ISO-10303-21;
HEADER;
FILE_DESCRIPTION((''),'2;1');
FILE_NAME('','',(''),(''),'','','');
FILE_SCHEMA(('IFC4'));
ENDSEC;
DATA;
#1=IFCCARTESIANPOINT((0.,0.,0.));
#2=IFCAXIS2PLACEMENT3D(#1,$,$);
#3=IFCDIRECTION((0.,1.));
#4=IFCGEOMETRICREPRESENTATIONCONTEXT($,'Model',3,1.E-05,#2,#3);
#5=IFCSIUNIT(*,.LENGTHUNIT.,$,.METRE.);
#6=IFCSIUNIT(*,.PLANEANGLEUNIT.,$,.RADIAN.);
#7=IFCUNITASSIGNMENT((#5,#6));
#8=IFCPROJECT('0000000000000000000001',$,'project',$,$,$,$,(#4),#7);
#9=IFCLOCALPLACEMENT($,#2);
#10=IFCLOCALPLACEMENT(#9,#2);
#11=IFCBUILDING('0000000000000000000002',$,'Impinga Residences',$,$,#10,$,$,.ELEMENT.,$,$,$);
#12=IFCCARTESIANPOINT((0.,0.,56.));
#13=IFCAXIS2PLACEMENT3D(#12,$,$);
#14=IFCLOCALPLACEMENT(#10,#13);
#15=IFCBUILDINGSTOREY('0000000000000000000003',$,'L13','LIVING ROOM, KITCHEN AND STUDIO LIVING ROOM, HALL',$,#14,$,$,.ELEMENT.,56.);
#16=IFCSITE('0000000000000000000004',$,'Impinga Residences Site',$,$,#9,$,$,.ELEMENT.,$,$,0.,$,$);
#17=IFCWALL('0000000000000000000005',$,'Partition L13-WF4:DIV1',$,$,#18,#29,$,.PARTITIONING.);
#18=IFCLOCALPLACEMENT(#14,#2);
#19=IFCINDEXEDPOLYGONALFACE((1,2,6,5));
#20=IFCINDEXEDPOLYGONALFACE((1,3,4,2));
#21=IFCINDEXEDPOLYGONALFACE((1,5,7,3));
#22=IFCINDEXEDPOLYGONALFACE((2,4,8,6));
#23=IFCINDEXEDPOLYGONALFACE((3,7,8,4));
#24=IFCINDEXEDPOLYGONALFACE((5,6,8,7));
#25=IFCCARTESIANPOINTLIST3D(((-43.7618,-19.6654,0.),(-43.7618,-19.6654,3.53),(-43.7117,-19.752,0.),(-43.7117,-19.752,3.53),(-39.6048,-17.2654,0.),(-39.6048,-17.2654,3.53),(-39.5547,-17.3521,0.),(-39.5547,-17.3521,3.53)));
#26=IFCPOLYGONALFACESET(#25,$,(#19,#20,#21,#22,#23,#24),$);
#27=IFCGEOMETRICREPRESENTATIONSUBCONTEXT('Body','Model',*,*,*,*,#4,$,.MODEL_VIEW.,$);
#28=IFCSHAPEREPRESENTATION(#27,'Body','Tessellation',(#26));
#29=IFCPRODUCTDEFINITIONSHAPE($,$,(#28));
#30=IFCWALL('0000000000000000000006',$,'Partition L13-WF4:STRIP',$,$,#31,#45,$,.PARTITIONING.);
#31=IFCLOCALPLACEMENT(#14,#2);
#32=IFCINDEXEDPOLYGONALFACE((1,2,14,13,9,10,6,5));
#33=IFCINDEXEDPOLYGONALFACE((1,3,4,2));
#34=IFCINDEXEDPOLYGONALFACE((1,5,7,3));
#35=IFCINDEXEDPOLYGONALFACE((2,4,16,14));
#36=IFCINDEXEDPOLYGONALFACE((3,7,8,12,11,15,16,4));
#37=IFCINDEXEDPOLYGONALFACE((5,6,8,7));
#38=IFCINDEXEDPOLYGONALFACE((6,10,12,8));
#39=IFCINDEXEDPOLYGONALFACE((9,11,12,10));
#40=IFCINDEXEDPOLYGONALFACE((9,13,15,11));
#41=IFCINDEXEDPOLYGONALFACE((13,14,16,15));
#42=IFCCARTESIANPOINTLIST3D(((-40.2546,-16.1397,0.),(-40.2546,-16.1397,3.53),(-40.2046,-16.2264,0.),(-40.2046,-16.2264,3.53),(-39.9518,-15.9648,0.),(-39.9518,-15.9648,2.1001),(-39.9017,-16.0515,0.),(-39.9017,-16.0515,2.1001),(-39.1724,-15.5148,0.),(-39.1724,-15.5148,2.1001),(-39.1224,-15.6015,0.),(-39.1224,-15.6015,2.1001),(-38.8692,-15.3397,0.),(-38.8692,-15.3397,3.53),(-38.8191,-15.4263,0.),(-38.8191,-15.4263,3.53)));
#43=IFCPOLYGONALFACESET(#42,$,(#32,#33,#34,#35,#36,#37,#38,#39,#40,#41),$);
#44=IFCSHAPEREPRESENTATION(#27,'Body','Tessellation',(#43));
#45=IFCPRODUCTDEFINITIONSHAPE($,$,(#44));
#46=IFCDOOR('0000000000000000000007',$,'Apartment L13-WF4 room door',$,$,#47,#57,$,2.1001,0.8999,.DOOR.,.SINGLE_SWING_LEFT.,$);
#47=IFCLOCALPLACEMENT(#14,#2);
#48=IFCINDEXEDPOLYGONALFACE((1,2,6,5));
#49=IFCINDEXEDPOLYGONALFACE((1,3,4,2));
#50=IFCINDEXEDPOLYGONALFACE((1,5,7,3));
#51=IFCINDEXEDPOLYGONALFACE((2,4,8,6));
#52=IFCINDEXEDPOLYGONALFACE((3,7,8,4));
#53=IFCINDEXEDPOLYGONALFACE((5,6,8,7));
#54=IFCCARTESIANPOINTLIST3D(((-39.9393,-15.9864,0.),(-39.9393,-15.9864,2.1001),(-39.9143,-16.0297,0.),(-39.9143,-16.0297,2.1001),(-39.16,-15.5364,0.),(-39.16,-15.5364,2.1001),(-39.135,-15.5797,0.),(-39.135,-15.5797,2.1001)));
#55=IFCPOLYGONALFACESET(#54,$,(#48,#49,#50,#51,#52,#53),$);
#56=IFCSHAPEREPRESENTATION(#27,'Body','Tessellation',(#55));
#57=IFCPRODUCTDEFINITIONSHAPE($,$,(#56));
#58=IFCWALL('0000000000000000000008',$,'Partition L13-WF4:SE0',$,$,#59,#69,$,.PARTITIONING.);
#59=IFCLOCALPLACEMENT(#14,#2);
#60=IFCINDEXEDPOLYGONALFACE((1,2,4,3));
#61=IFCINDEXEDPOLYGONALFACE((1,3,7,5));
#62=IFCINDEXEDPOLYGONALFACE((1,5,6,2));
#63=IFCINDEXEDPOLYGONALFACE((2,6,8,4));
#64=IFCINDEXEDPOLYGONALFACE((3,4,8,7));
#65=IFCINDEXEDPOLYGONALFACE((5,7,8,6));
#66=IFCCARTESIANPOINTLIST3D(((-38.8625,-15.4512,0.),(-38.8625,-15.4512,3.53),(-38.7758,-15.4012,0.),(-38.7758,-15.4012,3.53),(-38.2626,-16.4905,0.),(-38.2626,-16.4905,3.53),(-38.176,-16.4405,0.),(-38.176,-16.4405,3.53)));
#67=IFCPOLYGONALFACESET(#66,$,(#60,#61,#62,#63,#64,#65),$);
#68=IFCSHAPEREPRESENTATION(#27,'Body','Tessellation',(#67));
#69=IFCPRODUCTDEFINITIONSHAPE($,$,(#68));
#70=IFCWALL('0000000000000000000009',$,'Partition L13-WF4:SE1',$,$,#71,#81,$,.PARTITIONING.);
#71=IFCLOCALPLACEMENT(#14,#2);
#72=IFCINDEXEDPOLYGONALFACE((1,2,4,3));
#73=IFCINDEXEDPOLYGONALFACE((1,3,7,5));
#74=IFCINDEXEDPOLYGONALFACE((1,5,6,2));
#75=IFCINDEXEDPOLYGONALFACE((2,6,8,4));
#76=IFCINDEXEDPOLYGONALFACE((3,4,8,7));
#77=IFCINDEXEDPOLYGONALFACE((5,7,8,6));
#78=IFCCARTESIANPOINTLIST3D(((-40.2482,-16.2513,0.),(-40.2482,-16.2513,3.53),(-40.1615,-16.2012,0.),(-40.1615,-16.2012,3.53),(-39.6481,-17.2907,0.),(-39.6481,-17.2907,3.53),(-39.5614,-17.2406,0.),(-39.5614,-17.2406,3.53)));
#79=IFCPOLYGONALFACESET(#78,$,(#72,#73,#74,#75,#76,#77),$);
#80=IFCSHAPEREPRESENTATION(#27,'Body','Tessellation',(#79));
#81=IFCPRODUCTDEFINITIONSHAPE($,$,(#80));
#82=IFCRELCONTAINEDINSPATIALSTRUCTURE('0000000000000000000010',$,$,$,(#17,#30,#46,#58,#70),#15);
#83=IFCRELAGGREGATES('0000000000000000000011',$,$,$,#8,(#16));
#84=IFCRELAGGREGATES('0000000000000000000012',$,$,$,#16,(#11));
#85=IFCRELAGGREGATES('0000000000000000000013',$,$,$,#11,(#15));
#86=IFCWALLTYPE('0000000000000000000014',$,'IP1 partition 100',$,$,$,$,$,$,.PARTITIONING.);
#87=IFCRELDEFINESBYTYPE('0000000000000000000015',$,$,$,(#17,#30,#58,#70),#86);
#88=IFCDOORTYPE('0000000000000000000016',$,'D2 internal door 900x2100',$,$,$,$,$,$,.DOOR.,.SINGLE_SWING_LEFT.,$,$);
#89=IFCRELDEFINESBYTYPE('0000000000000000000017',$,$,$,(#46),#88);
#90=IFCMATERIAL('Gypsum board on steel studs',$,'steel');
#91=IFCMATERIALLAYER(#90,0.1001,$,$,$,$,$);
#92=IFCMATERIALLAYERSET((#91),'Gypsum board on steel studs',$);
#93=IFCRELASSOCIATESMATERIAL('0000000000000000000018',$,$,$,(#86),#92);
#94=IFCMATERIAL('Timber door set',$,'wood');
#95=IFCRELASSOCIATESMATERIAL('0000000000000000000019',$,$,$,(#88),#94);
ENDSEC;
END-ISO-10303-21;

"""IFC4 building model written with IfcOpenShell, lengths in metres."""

from ifc_helpers import new_model, si_unit, direction, frame, frame_2d, origin, place, context, subcontext, project, spatial, rectangle, extrude, material, layer, layer_set, type_object, element, fill, save


model = new_model("IFC4")

# Units and contexts
model_context = context("Model", 3, precision=1e-05, world=origin(), true_north=direction((0.0, 1.0)))
body_context = subcontext(model_context, "Body", "Model", "MODEL_VIEW")
ifc_project = project(units=[si_unit("LENGTHUNIT", "METRE"), si_unit("PLANEANGLEUNIT", "RADIAN")], contexts=[model_context])

# Site, building, storey
site_placement = place(None, origin())
site = spatial("IfcSite", under=ifc_project, at=site_placement, Name="Impinga Residences Site", CompositionType="ELEMENT", RefElevation=0.0)
building_placement = place(site_placement, origin())
building = spatial("IfcBuilding", under=site, at=building_placement, Name="Impinga Residences", CompositionType="ELEMENT")
storey_placement = place(building_placement, frame((0.0, 0.0, 56.0)))
storey = spatial("IfcBuildingStorey", under=building, at=storey_placement, Name="L13", Description="LIVING ROOM, KITCHEN AND STUDIO LIVING ROOM, HALL", CompositionType="ELEMENT", Elevation=56.0)

# Wall
ifc_material_1 = material(Name="Gypsum board on steel studs", Category="steel")
ifc_layer_1 = layer(ifc_material_1, 0.1001)
ifc_layer_set_1 = layer_set([ifc_layer_1], Name="Gypsum board on steel studs")
wall_type_1 = type_object("IfcWallType", Name="IP1 partition 100", PredefinedType="PARTITIONING", material=ifc_layer_set_1)
wall_1_placement = place(storey_placement, frame((-39.5798, -17.3088, 0.0), z_axis=(0.0, 0.0, 1.0), x_axis=(-0.866037, -0.499979, 0.0)))
element("IfcWall", 1, at=wall_1_placement, inside=storey, type_object=wall_type_1, Name="Partition L13-WF4:DIV1", PredefinedType="PARTITIONING", context=body_context, shape_type="SweptSolid", body=[
    extrude(rectangle(XDim=4.8, YDim=0.1001, at=frame_2d((2.3999, 0.0))), origin(), (0.0, 0.0, 1.0), 3.53),
])

# Wall, opening, door
wall_2_placement = place(storey_placement, frame((-38.8442, -15.3831, 0.0), z_axis=(0.0, 0.0, 1.0), x_axis=(-0.86599, -0.500061, 0.0)))
wall_2 = element("IfcWall", 2, at=wall_2_placement, inside=storey, type_object=wall_type_1, Name="Partition L13-WF4:STRIP", PredefinedType="PARTITIONING", context=body_context, shape_type="SweptSolid", body=[
    extrude(rectangle(XDim=1.5999, YDim=0.1001, at=frame_2d((0.7998, 0.0))), origin(), (0.0, 0.0, 1.0), 3.53),
])
opening_1_placement = place(wall_2_placement, frame((0.3501, 0.0, 0.0)))
opening_1 = element("IfcOpeningElement", 3, at=opening_1_placement, cuts=wall_2, PredefinedType="OPENING", context=body_context, shape_type="SweptSolid", body=[
    extrude(rectangle(XDim=0.8999, YDim=2.1001, at=frame_2d((0.45, 1.05))), frame((0.0, 0.0601, 0.0), z_axis=(0.0, -1.0, 0.0), x_axis=(1.0, 0.0, 0.0)), (0.0, 0.0, 1.0), 0.1201),
])
ifc_material_2 = material(Name="Timber door set", Category="wood")
door_type = type_object("IfcDoorType", Name="D2 internal door 900x2100", OperationType="SINGLE_SWING_LEFT", PredefinedType="DOOR", material=ifc_material_2)
door_placement = place(opening_1_placement, origin())
door = element("IfcDoor", 4, at=door_placement, inside=storey, type_object=door_type, Name="Apartment L13-WF4 room door", OperationType="SINGLE_SWING_LEFT", OverallHeight=2.1001, OverallWidth=0.8999, PredefinedType="DOOR", context=body_context, shape_type="SweptSolid", body=[
    extrude(rectangle(XDim=0.8999, YDim=2.1001, at=frame_2d((0.45, 1.05))), frame((0.0, 0.0249, 0.0), z_axis=(0.0, -1.0, 0.0), x_axis=(1.0, 0.0, 0.0)), (0.0, 0.0, 1.0), 0.05),
])
fill(opening_1, door)

# Walls
wall_3_placement = place(storey_placement, frame((-38.2192, -16.4656, 0.0), z_axis=(0.0, 0.0, 1.0), x_axis=(-0.499881, 0.866094, 0.0)))
element("IfcWall", 5, at=wall_3_placement, inside=storey, type_object=wall_type_1, Name="Partition L13-WF4:SE0", PredefinedType="PARTITIONING", context=body_context, shape_type="SweptSolid", body=[
    extrude(rectangle(XDim=1.2, YDim=0.1001, at=frame_2d((0.6001, 0.0))), origin(), (0.0, 0.0, 1.0), 3.53),
])
wall_4_placement = place(storey_placement, frame((-39.6047, -17.2656, 0.0), z_axis=(0.0, 0.0, 1.0), x_axis=(-0.500034, 0.866006, 0.0)))
element("IfcWall", 6, at=wall_4_placement, inside=storey, type_object=wall_type_1, Name="Partition L13-WF4:SE1", PredefinedType="PARTITIONING", context=body_context, shape_type="SweptSolid", body=[
    extrude(rectangle(XDim=1.2002, YDim=0.1001, at=frame_2d((0.6001, 0.0))), origin(), (0.0, 0.0, 1.0), 3.53),
])

save(model, "model.ifc")
